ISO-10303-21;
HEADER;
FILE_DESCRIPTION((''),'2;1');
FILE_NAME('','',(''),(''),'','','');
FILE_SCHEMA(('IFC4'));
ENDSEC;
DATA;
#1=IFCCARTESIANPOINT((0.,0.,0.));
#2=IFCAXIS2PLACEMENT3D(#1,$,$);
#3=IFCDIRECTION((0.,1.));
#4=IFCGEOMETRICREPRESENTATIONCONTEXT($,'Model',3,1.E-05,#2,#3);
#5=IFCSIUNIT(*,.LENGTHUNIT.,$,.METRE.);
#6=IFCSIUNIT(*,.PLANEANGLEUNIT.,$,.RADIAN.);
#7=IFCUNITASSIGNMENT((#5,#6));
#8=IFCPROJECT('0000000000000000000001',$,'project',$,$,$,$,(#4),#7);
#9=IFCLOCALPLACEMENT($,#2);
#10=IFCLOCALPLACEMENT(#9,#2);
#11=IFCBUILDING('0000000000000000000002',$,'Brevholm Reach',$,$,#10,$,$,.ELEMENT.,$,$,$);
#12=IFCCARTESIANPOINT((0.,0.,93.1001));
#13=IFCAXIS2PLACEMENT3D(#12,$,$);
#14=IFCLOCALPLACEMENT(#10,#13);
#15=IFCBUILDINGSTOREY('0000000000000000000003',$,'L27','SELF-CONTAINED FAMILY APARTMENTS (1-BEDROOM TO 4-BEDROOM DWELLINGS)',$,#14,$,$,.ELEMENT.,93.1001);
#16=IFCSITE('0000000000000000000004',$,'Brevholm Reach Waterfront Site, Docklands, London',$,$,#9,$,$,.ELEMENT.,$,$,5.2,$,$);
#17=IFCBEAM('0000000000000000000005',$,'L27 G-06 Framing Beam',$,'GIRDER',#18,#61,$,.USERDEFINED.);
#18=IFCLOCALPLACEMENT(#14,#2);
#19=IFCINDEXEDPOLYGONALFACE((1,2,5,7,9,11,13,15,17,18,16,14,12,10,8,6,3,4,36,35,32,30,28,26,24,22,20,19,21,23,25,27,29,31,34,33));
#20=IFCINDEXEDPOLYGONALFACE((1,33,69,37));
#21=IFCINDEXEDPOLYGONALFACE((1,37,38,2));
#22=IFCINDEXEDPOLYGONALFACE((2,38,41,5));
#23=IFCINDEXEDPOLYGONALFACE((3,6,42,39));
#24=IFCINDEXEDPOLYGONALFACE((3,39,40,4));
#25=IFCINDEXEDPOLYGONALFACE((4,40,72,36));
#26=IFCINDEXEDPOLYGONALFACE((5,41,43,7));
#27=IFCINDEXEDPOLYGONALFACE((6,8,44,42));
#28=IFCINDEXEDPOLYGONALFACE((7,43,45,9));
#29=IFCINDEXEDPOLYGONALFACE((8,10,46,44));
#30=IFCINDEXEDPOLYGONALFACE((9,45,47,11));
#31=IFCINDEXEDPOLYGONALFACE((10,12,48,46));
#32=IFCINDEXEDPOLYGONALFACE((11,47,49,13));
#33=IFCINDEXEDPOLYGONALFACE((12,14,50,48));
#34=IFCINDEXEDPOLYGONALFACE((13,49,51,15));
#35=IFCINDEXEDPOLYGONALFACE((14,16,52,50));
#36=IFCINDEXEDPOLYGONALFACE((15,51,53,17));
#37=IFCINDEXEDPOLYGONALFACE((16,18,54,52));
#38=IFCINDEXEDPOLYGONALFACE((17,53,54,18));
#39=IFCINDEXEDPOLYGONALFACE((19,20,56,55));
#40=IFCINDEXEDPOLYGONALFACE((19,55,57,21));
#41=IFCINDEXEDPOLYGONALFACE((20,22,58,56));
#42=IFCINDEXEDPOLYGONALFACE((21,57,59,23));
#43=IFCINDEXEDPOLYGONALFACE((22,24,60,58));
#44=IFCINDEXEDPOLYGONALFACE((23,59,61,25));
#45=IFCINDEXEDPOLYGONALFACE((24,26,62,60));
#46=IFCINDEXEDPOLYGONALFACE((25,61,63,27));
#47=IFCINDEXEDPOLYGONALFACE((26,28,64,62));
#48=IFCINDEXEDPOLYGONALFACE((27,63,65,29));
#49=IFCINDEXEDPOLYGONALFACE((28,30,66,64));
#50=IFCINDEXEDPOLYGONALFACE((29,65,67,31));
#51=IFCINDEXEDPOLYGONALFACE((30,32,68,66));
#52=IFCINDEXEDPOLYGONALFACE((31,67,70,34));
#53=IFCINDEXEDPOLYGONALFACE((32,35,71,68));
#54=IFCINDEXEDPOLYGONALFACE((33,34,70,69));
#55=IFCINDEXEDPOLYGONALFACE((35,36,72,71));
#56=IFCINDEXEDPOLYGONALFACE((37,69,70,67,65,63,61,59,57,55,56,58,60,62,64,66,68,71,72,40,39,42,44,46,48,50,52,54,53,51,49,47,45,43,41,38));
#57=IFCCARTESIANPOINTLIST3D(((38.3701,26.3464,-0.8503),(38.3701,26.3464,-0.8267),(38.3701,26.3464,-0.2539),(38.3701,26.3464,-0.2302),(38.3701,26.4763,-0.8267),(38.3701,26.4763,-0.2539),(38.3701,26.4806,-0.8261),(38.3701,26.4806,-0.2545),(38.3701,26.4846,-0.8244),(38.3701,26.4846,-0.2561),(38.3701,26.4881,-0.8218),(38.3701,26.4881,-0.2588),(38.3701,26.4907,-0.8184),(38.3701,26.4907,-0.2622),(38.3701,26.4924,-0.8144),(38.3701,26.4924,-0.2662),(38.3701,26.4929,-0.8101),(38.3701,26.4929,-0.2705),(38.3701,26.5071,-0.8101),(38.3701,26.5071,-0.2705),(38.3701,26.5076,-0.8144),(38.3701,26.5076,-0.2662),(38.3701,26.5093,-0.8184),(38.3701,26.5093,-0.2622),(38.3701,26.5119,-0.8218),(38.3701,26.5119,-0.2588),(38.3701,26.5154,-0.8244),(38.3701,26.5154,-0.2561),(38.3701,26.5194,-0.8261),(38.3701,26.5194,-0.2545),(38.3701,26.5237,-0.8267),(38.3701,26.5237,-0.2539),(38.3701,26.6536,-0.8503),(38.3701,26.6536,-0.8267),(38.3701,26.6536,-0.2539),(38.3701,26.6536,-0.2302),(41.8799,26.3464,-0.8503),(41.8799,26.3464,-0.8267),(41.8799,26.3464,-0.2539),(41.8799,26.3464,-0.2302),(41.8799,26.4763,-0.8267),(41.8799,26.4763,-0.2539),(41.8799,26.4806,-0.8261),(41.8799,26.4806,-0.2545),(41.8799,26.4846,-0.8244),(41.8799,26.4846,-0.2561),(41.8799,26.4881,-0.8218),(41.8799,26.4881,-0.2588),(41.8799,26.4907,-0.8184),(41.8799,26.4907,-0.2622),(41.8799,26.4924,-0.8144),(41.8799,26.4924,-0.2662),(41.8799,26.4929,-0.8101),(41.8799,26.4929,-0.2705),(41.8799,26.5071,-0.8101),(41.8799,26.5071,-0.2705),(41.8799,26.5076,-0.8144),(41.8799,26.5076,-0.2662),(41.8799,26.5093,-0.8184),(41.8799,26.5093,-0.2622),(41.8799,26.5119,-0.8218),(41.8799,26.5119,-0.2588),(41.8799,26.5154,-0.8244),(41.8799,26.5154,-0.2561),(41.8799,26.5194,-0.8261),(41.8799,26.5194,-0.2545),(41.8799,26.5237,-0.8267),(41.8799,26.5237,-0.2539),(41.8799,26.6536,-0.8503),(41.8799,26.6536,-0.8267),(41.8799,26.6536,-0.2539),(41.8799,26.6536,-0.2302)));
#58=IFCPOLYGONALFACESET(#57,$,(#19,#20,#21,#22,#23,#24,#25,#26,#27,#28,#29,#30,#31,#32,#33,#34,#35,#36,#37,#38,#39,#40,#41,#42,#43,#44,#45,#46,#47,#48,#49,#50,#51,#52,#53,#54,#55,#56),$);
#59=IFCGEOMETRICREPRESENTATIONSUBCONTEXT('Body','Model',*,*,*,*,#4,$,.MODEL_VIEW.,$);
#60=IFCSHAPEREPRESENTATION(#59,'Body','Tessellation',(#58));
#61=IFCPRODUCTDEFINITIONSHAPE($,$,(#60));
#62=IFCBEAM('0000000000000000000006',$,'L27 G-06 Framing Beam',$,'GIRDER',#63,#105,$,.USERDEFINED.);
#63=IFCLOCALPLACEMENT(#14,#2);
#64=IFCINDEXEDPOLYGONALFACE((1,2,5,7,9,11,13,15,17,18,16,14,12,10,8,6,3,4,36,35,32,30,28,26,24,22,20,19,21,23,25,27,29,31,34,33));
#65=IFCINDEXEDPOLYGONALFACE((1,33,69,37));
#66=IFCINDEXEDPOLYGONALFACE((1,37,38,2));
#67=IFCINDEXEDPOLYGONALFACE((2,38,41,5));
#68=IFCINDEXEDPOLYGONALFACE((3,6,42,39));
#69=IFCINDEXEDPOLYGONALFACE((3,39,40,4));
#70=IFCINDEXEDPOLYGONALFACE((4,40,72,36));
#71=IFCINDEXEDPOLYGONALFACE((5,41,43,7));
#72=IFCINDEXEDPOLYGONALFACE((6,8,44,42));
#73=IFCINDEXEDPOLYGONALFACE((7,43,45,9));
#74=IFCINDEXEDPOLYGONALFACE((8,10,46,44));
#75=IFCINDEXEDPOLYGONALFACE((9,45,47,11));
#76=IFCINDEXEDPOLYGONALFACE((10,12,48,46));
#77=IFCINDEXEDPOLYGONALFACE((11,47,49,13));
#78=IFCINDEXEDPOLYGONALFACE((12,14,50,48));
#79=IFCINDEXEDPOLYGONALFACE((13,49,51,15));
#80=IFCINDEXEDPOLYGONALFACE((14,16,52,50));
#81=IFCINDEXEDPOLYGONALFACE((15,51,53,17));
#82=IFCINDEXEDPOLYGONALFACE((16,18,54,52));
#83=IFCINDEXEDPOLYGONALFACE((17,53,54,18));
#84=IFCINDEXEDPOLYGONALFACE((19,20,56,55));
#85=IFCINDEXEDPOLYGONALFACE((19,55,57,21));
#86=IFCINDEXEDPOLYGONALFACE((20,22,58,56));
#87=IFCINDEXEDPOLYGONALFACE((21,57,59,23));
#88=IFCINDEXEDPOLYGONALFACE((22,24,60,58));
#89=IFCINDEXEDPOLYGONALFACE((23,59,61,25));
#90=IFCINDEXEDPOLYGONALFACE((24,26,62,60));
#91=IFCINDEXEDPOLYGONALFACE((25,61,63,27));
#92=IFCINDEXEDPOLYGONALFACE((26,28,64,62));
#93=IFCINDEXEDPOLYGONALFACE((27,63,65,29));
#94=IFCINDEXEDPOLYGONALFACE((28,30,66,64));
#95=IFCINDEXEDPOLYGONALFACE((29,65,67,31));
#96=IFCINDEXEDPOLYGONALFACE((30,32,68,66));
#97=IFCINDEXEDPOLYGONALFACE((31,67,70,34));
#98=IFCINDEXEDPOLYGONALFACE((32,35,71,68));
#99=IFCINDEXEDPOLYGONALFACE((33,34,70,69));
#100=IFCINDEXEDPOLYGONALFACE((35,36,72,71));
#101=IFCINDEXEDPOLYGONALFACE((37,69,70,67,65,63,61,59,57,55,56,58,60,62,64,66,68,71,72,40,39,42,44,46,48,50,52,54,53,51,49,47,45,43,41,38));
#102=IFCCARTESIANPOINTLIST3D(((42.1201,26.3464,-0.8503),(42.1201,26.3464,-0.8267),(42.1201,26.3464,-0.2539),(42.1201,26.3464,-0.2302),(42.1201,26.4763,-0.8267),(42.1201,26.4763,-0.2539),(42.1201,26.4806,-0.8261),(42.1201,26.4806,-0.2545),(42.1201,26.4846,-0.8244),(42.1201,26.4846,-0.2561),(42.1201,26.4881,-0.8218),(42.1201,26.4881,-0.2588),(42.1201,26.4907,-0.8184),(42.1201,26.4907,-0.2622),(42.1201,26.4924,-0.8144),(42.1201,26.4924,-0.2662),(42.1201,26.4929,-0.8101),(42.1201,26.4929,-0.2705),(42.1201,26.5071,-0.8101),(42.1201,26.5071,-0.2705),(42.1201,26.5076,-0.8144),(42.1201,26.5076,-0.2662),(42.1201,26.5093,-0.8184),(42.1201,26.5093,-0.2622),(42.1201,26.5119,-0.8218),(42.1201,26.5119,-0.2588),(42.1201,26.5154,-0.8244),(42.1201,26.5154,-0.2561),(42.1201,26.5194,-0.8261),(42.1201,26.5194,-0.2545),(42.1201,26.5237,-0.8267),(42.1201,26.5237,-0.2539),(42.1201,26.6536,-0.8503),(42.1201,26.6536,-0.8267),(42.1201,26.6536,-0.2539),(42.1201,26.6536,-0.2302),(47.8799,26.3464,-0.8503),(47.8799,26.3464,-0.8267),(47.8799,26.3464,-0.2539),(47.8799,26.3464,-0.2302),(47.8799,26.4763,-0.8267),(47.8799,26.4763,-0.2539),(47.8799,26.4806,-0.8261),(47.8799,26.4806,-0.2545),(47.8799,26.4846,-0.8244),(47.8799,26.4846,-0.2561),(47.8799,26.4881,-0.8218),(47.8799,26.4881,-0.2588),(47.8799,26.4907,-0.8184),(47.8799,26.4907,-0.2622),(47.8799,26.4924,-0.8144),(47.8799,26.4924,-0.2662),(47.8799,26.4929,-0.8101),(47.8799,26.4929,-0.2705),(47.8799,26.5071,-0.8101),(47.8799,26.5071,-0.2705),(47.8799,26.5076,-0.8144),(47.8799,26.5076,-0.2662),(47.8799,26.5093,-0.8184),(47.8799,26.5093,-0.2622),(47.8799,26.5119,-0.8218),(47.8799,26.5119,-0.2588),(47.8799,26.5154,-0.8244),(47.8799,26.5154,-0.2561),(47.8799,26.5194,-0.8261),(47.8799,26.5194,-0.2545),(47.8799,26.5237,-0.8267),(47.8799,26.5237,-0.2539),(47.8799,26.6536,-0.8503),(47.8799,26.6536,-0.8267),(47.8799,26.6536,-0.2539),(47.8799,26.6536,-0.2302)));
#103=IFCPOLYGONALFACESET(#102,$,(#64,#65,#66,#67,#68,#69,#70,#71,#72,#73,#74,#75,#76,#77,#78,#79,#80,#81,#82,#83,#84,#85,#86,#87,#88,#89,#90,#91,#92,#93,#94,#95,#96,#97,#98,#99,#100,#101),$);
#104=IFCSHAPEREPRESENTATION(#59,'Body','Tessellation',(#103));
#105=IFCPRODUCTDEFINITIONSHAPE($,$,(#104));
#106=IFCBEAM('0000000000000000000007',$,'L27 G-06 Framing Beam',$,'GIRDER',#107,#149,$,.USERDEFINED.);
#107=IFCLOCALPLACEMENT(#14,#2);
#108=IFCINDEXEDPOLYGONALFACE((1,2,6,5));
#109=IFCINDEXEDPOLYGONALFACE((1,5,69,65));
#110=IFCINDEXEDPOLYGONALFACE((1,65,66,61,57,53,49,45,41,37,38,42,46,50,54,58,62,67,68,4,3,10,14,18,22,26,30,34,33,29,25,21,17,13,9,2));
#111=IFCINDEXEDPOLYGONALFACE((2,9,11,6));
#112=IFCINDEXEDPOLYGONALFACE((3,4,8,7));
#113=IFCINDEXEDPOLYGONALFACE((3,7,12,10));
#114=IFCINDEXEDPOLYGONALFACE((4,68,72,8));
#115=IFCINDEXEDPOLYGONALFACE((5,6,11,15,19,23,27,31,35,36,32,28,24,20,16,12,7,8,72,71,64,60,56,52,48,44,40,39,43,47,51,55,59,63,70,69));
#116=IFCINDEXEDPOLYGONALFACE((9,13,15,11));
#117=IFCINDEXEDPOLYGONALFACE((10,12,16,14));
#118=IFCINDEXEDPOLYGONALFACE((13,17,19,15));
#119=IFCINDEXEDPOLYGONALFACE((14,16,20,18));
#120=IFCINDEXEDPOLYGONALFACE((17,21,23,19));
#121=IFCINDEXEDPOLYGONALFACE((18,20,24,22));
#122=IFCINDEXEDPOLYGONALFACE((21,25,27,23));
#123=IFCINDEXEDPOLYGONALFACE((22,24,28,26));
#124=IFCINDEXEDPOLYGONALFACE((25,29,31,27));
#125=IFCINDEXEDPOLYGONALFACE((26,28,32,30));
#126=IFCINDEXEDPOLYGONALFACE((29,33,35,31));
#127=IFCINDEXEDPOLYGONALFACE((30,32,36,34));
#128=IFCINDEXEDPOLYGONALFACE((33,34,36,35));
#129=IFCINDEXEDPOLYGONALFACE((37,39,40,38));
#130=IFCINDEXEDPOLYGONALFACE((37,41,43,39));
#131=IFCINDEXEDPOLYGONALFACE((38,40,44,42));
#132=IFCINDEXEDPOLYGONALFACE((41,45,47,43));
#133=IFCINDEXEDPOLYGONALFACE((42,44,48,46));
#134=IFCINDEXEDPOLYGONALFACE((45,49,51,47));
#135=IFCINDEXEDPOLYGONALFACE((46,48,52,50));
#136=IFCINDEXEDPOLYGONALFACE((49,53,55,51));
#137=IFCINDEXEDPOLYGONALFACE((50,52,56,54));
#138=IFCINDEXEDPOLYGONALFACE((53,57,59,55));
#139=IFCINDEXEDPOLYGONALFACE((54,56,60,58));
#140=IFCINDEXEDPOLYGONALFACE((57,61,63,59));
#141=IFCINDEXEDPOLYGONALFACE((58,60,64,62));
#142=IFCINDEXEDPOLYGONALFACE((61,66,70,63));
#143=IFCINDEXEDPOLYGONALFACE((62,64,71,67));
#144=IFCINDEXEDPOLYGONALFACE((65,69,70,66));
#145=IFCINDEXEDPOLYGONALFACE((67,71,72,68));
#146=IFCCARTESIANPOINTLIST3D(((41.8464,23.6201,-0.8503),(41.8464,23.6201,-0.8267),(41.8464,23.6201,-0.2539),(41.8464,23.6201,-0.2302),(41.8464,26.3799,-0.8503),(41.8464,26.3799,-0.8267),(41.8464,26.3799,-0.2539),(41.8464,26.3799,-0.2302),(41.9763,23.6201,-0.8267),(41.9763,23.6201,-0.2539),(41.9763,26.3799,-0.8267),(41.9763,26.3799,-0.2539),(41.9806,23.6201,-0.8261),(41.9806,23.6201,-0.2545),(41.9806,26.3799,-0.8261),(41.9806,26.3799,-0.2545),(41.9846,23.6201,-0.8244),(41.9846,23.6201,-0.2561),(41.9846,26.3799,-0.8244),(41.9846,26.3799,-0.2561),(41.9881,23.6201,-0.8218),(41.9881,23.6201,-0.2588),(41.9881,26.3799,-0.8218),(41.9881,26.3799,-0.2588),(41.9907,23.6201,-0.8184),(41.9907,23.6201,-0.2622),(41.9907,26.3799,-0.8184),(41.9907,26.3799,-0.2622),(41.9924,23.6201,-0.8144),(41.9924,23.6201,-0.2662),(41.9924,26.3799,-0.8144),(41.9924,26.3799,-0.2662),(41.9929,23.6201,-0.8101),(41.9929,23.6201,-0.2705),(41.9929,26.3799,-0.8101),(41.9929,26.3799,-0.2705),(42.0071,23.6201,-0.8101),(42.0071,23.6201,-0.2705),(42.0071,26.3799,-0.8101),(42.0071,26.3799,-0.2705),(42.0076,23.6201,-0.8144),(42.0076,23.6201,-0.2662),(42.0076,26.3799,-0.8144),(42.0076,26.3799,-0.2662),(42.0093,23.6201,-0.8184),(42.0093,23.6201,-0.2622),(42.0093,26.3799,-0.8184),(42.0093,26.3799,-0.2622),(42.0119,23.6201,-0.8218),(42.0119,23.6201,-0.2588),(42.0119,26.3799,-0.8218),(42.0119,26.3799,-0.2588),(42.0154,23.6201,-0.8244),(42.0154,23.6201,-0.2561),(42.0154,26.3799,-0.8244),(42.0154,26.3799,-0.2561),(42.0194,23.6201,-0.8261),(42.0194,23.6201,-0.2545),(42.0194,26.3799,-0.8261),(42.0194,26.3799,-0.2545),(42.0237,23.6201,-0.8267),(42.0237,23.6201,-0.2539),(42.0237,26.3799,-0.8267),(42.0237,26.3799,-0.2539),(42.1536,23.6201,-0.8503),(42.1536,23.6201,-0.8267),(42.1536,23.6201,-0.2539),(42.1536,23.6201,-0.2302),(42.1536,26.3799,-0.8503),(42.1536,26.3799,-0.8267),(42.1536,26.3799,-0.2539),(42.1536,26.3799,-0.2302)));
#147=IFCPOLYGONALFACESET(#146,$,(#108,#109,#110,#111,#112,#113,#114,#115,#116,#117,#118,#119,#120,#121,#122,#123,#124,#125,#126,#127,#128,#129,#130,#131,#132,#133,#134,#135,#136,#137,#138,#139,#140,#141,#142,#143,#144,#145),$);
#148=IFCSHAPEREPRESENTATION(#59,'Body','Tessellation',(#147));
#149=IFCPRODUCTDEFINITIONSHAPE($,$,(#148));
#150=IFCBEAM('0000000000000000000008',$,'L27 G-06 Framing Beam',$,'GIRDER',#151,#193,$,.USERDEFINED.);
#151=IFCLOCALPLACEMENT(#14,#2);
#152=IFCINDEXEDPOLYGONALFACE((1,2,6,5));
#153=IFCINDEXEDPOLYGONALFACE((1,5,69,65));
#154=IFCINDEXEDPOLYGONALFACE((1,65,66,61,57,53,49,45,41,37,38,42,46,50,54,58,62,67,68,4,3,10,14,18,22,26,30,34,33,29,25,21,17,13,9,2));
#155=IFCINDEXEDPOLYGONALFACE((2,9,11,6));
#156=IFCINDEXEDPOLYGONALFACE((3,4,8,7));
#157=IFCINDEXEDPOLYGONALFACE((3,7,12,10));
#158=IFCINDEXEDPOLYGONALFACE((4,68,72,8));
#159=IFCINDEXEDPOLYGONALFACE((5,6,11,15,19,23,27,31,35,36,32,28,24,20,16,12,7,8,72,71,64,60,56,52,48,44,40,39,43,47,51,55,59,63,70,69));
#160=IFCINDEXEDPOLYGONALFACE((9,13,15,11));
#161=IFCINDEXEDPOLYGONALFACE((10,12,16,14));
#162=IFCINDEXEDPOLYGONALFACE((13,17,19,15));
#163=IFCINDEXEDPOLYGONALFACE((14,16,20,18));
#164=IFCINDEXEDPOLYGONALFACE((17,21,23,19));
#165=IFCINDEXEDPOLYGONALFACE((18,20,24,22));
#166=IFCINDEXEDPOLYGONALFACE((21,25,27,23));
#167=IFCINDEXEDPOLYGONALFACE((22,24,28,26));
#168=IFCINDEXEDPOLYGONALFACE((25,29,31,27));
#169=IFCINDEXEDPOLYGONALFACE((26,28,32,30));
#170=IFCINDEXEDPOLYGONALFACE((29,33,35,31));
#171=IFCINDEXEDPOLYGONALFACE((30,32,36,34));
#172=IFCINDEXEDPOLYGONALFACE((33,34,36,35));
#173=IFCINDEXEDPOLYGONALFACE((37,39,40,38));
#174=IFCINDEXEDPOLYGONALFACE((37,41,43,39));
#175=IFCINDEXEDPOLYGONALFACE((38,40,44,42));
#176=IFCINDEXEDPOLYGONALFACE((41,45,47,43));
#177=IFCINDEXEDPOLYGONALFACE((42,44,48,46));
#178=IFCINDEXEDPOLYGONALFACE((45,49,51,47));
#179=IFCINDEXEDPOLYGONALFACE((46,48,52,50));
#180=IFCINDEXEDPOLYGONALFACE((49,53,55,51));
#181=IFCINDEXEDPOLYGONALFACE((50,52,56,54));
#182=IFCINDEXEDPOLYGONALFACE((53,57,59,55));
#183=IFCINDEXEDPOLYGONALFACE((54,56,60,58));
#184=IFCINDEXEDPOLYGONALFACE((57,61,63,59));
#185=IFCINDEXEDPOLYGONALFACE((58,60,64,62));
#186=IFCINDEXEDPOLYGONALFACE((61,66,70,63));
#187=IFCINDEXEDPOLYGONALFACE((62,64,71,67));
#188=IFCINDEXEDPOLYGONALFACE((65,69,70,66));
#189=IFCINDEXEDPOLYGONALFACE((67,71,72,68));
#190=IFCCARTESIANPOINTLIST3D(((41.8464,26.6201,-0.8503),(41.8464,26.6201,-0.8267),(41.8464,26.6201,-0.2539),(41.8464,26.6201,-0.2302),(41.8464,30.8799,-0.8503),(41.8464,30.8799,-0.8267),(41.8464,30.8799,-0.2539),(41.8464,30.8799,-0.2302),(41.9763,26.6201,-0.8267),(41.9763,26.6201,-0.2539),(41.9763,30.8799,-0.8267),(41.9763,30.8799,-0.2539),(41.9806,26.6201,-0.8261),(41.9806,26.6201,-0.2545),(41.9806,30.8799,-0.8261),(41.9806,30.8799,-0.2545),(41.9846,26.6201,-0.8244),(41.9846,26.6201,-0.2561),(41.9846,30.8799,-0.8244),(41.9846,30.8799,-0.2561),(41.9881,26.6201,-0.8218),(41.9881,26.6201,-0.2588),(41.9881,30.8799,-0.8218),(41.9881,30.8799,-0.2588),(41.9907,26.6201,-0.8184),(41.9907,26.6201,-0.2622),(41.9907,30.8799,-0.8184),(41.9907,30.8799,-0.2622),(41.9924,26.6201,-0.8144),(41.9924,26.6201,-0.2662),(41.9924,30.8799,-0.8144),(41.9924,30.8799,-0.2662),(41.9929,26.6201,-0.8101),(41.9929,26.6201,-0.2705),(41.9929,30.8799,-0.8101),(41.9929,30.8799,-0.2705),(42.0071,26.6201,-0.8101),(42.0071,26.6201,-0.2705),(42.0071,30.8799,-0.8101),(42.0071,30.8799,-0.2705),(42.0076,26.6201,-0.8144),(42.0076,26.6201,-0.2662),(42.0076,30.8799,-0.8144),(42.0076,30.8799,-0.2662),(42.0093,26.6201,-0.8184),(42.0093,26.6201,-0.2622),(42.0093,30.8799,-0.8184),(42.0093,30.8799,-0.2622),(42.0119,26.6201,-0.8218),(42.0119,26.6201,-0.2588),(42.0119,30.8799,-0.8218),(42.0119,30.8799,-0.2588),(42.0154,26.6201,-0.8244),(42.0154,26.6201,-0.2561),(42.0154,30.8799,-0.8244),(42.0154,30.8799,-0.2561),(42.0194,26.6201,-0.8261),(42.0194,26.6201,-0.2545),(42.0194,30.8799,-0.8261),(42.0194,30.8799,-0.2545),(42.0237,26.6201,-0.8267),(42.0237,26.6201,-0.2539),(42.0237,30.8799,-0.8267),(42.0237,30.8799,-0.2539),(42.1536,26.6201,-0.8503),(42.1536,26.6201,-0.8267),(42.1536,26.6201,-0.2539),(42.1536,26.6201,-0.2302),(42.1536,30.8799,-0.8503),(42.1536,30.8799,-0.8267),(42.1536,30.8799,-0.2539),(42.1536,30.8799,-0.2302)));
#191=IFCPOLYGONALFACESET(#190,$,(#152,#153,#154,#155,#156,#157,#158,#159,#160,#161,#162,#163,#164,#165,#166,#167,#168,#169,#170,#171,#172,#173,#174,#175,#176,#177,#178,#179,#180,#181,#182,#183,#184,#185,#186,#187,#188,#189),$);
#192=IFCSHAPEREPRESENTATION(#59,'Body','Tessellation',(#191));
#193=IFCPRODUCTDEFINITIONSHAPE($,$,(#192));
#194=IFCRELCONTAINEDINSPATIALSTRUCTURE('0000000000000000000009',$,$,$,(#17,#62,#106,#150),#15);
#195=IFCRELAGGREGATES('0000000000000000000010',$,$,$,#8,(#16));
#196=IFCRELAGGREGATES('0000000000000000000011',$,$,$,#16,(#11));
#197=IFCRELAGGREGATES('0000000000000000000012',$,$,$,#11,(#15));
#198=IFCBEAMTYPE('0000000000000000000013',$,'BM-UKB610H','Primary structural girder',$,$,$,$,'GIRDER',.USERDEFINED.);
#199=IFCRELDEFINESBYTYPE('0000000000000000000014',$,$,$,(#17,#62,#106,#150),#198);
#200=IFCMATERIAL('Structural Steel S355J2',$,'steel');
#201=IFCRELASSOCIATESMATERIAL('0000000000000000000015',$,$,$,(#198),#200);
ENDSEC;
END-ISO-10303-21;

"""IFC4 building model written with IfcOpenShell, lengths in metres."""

from ifc_helpers import new_model, si_unit, direction, frame, origin, origin_2d, place, context, subcontext, project, spatial, i_section, extrude, material, material_profile, profile_set, type_object, element, save


model = new_model("IFC4")

# Units and contexts
model_context = context("Model", 3, precision=1e-05, world=origin(), true_north=direction((0.0, 1.0)))
body_context = subcontext(model_context, "Body", "Model", "MODEL_VIEW")
ifc_project = project(units=[si_unit("LENGTHUNIT", "METRE"), si_unit("PLANEANGLEUNIT", "RADIAN")], contexts=[model_context])

# Site, building, storey
site_placement = place(None, origin())
site = spatial("IfcSite", under=ifc_project, at=site_placement, Name="Brevholm Reach Waterfront Site, Docklands, London", CompositionType="ELEMENT", RefElevation=5.2)
building_placement = place(site_placement, origin())
building = spatial("IfcBuilding", under=site, at=building_placement, Name="Brevholm Reach", CompositionType="ELEMENT")
storey_placement = place(building_placement, frame((0.0, 0.0, 93.1001)))
storey = spatial("IfcBuildingStorey", under=building, at=storey_placement, Name="L27", Description="SELF-CONTAINED FAMILY APARTMENTS (1-BEDROOM TO 4-BEDROOM DWELLINGS)", CompositionType="ELEMENT", Elevation=93.1001)

# Beams
ifc_material_1 = material(Name="Structural Steel S355J2", Category="steel")
ifc_material_profile_1 = material_profile(ifc_material_1, i_section(OverallWidth=0.3071, OverallDepth=0.6201, WebThickness=0.0142, FlangeThickness=0.0237, FilletRadius=0.0166, at=origin_2d()), Name="UKB 610x305x179")
ifc_profile_set_1 = profile_set([ifc_material_profile_1], Name="Structural Steel S355J2")
beam_type_1 = type_object("IfcBeamType", Name="BM-UKB610H", Description="Primary structural girder", ElementType="GIRDER", PredefinedType="USERDEFINED", material=ifc_profile_set_1)
beam_1_placement = place(storey_placement, frame((38.3701, 26.5, -0.5403), z_axis=(1.0, 0.0, 0.0), x_axis=(0.0, 1.0, 0.0)))
element("IfcBeam", 1, at=beam_1_placement, inside=storey, type_object=beam_type_1, Name="L27 G-06 Framing Beam", ObjectType="GIRDER", PredefinedType="USERDEFINED", context=body_context, shape_type="SweptSolid", body=[
    extrude(i_section(OverallWidth=0.3071, OverallDepth=0.6201, WebThickness=0.0142, FlangeThickness=0.0237, FilletRadius=0.0166, at=origin_2d()), origin(), (0.0, 0.0, 1.0), 3.5098),
])
beam_2_placement = place(storey_placement, frame((42.1201, 26.5, -0.5403), z_axis=(1.0, 0.0, 0.0), x_axis=(0.0, 1.0, 0.0)))
element("IfcBeam", 2, at=beam_2_placement, inside=storey, type_object=beam_type_1, Name="L27 G-06 Framing Beam", ObjectType="GIRDER", PredefinedType="USERDEFINED", context=body_context, shape_type="SweptSolid", body=[
    extrude(i_section(OverallWidth=0.3071, OverallDepth=0.6201, WebThickness=0.0142, FlangeThickness=0.0237, FilletRadius=0.0166, at=origin_2d()), origin(), (0.0, 0.0, 1.0), 5.7598),
])
beam_3_placement = place(storey_placement, frame((42.0, 23.6201, -0.5403), z_axis=(0.0, 1.0, 0.0), x_axis=(-1.0, 0.0, 0.0)))
element("IfcBeam", 3, at=beam_3_placement, inside=storey, type_object=beam_type_1, Name="L27 G-06 Framing Beam", ObjectType="GIRDER", PredefinedType="USERDEFINED", context=body_context, shape_type="SweptSolid", body=[
    extrude(i_section(OverallWidth=0.3071, OverallDepth=0.6201, WebThickness=0.0142, FlangeThickness=0.0237, FilletRadius=0.0166, at=origin_2d()), origin(), (0.0, 0.0, 1.0), 2.7598),
])
beam_4_placement = place(storey_placement, frame((42.0, 26.6201, -0.5403), z_axis=(0.0, 1.0, 0.0), x_axis=(-1.0, 0.0, 0.0)))
element("IfcBeam", 4, at=beam_4_placement, inside=storey, type_object=beam_type_1, Name="L27 G-06 Framing Beam", ObjectType="GIRDER", PredefinedType="USERDEFINED", context=body_context, shape_type="SweptSolid", body=[
    extrude(i_section(OverallWidth=0.3071, OverallDepth=0.6201, WebThickness=0.0142, FlangeThickness=0.0237, FilletRadius=0.0166, at=origin_2d()), origin(), (0.0, 0.0, 1.0), 4.2598),
])

save(model, "model.ifc")
